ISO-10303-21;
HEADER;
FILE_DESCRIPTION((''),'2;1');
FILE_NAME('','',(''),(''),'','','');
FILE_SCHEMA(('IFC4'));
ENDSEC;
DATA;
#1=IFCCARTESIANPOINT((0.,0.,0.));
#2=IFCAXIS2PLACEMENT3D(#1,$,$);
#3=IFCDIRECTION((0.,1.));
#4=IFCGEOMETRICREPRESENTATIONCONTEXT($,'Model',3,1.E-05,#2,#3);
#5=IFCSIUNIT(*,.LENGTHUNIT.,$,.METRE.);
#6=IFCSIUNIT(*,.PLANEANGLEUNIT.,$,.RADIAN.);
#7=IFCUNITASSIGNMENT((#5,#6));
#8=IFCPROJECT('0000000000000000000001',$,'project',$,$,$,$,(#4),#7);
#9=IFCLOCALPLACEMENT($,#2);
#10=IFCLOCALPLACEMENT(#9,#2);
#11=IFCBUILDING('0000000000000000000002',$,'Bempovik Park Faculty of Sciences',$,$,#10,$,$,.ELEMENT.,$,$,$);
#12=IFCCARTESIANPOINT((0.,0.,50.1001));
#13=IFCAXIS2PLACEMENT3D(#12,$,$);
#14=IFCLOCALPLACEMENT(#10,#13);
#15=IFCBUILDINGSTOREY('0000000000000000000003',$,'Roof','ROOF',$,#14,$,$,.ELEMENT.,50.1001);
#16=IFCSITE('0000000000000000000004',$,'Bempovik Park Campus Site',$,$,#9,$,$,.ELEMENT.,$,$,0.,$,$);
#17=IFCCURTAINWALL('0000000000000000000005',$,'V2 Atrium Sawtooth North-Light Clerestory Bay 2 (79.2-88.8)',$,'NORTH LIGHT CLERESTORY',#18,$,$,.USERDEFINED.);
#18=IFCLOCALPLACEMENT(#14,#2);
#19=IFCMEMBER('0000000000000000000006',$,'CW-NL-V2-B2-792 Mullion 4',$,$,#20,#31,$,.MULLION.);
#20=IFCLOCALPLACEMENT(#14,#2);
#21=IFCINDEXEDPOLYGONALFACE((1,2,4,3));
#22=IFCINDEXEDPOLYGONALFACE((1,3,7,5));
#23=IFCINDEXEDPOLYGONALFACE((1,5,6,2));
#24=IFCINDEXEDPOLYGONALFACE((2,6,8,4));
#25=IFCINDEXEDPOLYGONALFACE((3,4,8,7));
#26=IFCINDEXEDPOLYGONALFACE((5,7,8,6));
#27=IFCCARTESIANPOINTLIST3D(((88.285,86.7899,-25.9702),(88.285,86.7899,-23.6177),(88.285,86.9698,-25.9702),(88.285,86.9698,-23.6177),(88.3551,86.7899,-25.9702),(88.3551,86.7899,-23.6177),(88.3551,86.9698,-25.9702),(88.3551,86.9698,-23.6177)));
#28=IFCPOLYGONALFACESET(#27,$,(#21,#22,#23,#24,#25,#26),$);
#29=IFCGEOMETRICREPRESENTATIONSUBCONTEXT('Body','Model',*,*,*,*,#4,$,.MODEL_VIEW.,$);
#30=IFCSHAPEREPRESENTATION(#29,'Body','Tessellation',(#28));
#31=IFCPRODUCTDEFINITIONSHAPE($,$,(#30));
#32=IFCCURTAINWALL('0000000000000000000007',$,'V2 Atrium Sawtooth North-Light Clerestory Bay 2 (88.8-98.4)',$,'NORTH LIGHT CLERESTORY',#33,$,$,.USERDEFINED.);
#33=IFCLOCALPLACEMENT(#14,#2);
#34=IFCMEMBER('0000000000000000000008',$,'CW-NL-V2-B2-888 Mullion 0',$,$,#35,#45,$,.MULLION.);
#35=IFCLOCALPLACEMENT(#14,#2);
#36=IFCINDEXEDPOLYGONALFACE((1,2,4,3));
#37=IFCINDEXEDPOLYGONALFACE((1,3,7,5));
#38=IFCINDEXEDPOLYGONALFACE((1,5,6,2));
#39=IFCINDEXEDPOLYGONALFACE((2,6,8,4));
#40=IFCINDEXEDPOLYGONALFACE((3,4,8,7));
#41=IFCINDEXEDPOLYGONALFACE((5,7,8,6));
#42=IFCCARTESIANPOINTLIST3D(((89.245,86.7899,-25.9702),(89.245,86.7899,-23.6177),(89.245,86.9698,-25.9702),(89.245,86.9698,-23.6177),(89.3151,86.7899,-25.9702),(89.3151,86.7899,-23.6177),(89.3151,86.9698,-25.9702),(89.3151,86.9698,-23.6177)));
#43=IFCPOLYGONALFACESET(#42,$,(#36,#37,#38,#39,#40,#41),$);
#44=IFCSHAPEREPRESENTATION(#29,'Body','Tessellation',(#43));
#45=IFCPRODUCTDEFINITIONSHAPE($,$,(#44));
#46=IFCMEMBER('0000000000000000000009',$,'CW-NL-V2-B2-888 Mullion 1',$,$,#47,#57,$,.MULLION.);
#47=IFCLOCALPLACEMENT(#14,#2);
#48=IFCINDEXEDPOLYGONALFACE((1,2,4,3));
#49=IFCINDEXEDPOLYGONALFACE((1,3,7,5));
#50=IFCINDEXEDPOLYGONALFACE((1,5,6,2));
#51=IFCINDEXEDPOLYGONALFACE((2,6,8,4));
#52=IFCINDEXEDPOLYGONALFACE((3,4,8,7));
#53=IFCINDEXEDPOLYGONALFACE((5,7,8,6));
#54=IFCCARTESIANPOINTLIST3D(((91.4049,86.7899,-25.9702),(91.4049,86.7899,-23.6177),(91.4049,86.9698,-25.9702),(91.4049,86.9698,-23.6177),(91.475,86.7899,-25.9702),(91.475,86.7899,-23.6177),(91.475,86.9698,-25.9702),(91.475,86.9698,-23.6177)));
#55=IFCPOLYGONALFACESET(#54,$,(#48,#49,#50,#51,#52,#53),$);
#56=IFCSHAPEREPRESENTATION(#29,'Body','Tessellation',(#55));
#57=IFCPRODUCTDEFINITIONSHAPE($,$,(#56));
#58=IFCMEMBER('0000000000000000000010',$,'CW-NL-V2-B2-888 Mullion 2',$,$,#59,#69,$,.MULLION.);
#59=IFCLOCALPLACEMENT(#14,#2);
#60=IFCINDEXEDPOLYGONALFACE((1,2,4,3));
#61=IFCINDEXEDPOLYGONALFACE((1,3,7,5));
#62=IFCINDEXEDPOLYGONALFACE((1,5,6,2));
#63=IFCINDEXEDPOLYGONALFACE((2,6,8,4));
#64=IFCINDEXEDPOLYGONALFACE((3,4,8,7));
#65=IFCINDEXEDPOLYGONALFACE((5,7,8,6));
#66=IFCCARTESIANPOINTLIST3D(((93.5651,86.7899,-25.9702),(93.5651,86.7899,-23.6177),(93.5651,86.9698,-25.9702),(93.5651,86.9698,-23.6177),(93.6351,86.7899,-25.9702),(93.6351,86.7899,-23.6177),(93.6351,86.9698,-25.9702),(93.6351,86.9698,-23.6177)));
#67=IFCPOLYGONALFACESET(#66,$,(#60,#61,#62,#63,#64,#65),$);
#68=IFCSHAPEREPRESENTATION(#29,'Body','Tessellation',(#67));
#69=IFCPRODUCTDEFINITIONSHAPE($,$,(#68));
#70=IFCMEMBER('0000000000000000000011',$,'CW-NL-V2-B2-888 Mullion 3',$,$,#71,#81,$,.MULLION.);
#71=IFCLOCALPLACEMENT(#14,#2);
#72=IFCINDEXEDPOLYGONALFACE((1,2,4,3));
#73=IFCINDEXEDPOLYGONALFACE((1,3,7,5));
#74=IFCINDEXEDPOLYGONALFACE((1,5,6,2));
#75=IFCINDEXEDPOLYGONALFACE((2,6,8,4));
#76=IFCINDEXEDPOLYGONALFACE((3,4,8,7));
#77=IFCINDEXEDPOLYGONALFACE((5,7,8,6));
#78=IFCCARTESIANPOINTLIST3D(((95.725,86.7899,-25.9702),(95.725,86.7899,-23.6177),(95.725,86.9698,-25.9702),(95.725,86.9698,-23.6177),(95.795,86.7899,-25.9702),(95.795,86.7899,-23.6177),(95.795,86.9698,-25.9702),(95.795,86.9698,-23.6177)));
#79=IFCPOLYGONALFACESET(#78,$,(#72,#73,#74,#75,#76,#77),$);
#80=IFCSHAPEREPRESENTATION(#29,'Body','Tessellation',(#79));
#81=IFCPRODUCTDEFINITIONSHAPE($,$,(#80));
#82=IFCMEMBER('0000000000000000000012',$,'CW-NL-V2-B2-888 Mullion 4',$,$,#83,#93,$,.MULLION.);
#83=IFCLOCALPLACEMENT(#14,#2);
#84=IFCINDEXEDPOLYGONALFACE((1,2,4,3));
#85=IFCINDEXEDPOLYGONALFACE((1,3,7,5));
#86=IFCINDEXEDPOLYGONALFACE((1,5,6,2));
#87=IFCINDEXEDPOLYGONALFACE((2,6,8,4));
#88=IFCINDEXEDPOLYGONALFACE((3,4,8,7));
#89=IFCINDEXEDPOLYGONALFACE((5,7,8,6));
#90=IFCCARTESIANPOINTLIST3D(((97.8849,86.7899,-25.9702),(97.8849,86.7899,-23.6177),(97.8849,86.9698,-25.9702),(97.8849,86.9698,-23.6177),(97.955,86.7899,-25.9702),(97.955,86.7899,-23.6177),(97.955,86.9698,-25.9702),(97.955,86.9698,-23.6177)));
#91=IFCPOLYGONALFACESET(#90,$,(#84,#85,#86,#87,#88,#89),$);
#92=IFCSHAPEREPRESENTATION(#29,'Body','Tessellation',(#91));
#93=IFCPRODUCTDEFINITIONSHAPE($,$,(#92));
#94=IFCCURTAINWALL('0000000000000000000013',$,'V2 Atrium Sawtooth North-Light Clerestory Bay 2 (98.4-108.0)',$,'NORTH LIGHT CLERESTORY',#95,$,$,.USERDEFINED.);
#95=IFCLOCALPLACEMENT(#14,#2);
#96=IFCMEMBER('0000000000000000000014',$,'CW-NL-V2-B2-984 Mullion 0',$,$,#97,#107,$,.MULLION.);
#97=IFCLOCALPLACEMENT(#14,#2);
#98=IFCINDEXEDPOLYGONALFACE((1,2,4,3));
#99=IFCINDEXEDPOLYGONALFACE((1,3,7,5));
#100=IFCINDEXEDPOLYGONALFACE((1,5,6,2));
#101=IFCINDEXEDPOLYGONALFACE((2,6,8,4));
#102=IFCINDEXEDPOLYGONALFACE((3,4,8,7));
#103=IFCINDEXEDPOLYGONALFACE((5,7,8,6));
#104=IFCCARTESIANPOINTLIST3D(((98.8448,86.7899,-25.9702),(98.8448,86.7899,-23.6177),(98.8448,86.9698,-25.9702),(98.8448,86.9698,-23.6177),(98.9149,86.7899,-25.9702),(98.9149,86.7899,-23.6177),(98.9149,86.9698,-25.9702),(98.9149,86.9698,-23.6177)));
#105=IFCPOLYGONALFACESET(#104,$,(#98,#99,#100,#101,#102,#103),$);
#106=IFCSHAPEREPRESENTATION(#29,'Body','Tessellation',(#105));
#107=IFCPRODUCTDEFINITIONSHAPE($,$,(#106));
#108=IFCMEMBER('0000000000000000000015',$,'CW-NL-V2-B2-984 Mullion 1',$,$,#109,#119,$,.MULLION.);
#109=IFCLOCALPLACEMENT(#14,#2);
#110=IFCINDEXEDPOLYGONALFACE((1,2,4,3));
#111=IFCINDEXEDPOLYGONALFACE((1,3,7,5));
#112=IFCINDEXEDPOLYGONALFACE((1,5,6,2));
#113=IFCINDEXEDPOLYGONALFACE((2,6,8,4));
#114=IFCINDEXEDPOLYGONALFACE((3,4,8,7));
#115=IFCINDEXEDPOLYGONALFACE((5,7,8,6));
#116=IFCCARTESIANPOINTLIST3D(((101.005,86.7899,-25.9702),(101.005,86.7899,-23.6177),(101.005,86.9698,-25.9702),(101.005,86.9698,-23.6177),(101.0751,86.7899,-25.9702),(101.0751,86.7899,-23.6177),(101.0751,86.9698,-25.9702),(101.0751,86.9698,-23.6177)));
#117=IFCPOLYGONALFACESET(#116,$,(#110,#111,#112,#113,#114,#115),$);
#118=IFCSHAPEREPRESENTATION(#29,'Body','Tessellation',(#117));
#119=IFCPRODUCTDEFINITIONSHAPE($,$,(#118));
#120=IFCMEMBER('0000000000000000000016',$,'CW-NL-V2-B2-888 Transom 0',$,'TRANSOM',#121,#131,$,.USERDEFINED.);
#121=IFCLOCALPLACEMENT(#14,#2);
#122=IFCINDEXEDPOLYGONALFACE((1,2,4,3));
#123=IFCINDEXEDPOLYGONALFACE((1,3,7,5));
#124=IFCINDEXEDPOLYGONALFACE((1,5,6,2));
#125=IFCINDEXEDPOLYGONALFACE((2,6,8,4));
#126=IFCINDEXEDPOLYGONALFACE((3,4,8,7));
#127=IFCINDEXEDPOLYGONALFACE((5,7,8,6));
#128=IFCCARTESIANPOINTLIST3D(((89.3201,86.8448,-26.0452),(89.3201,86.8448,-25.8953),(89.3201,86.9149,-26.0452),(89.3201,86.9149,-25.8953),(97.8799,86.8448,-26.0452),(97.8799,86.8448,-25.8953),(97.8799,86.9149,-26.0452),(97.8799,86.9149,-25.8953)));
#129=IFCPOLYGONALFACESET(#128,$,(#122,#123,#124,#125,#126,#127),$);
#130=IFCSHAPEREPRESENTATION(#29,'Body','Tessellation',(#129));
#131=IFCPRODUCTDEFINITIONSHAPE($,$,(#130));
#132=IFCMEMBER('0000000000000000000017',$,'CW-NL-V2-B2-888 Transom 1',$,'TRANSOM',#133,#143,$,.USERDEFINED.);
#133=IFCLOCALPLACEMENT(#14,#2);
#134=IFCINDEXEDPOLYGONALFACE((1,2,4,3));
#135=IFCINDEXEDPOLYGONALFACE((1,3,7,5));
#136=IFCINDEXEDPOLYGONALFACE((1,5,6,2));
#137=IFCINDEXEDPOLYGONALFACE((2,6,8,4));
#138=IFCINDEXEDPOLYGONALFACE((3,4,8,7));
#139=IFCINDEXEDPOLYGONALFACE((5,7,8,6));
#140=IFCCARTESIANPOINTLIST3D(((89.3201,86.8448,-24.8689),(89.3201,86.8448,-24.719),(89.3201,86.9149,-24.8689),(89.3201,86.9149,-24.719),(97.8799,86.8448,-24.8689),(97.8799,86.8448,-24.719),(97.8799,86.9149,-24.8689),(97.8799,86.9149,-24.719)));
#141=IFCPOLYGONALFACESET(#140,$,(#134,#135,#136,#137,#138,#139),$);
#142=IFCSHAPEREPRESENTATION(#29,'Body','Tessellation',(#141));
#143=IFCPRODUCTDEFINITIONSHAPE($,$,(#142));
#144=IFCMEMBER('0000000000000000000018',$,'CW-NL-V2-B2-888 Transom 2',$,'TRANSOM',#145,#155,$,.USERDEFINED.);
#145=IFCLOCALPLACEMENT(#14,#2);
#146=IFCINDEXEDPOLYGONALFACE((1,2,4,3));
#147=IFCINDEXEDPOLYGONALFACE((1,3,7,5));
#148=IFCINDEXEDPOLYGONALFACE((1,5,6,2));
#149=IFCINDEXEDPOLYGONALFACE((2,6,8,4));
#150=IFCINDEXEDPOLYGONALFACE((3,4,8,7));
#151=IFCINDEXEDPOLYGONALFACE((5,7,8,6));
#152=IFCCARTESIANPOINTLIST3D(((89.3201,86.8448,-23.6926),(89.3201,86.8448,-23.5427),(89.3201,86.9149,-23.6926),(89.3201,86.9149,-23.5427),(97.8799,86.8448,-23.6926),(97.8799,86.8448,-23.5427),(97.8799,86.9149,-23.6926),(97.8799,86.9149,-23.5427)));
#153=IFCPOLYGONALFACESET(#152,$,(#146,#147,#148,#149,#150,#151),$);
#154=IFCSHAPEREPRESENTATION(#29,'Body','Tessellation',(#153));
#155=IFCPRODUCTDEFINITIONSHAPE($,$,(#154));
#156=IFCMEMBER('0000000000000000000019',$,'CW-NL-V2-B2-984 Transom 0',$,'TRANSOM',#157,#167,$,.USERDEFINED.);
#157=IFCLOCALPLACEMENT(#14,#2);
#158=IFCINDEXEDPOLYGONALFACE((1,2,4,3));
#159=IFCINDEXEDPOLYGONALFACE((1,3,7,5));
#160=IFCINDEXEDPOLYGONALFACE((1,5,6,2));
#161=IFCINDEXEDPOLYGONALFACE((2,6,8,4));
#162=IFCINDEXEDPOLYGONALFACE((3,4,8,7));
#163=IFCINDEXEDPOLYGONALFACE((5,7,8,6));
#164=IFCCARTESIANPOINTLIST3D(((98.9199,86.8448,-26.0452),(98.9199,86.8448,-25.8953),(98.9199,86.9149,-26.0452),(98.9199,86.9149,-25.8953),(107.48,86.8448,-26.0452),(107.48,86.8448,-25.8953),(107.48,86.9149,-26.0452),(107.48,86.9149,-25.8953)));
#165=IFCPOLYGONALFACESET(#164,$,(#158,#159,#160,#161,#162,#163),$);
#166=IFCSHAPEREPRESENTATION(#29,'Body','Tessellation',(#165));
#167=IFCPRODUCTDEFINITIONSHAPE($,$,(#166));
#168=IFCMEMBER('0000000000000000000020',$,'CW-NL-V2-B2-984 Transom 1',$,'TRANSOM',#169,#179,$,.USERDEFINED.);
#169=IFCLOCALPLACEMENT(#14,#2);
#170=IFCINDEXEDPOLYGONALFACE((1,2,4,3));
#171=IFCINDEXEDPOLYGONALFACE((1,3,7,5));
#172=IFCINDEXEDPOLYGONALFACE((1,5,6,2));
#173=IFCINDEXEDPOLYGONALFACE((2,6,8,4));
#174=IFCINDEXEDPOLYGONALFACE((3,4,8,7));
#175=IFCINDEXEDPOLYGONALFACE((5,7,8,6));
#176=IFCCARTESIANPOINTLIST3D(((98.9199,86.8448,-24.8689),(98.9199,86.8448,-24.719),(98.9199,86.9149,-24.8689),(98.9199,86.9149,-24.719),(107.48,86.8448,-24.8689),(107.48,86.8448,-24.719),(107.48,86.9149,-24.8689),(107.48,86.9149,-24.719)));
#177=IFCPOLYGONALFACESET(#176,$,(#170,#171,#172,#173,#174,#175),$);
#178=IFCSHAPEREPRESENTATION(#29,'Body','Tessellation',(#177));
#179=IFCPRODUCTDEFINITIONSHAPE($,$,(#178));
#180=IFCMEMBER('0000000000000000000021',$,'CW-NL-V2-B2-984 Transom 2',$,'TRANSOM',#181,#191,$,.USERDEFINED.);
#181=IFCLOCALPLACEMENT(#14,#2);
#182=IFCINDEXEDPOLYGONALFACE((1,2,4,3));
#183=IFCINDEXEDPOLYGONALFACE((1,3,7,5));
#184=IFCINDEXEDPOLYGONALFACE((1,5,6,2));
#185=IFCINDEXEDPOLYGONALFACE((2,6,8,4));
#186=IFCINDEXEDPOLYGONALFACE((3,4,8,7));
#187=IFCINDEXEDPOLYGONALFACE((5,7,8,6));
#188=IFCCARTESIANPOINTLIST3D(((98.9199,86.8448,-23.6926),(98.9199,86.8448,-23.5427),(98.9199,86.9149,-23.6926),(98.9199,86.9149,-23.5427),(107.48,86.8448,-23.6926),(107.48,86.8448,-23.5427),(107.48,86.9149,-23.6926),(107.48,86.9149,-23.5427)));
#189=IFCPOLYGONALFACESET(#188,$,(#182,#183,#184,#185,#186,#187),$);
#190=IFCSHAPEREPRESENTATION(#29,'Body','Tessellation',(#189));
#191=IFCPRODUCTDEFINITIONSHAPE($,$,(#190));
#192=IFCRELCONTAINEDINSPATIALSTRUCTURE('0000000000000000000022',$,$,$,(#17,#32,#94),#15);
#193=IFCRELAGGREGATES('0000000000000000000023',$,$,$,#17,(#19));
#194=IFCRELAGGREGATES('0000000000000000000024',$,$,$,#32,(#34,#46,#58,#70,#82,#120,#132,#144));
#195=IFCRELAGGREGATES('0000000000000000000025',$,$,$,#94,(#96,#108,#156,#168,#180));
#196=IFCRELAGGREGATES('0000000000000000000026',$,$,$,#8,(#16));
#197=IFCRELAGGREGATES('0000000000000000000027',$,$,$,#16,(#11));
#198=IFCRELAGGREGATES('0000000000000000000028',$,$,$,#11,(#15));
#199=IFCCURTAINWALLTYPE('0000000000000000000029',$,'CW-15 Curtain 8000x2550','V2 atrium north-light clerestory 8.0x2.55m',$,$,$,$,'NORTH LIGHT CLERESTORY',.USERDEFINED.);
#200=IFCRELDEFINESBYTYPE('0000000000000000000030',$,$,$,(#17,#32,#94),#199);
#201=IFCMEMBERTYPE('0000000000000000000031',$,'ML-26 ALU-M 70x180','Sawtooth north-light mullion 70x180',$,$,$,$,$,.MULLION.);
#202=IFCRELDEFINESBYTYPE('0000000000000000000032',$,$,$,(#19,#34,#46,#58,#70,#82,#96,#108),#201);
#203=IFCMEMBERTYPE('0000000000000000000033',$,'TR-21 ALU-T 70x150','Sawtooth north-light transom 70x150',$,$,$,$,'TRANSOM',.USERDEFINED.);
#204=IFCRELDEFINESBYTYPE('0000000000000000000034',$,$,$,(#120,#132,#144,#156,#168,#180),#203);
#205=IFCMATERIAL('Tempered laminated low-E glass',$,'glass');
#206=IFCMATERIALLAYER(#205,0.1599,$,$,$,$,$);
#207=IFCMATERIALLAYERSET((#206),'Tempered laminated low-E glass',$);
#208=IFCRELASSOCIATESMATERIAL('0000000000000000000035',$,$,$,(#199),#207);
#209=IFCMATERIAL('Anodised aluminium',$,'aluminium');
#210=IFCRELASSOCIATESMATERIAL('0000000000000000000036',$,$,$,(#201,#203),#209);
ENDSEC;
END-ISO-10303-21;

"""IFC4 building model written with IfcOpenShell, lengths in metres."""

from ifc_helpers import new_model, si_unit, direction, frame, origin, origin_2d, place, context, subcontext, project, spatial, rectangle, extrude, material, layer, layer_set, material_profile, profile_set, type_object, element, aggregate, save


model = new_model("IFC4")

# Units and contexts
model_context = context("Model", 3, precision=1e-05, world=origin(), true_north=direction((0.0, 1.0)))
body_context = subcontext(model_context, "Body", "Model", "MODEL_VIEW")
ifc_project = project(units=[si_unit("LENGTHUNIT", "METRE"), si_unit("PLANEANGLEUNIT", "RADIAN")], contexts=[model_context])

# Site, building, storey
site_placement = place(None, origin())
site = spatial("IfcSite", under=ifc_project, at=site_placement, Name="Bempovik Park Campus Site", CompositionType="ELEMENT", RefElevation=0.0)
building_placement = place(site_placement, origin())
building = spatial("IfcBuilding", under=site, at=building_placement, Name="Bempovik Park Faculty of Sciences", CompositionType="ELEMENT")
storey_placement = place(building_placement, frame((0.0, 0.0, 50.1001)))
storey = spatial("IfcBuildingStorey", under=building, at=storey_placement, Name="Roof", Description="ROOF", CompositionType="ELEMENT", Elevation=50.1001)

# Curtain wall, member
ifc_material_1 = material(Name="Tempered laminated low-E glass", Category="glass")
ifc_layer_1 = layer(ifc_material_1, 0.1599)
ifc_layer_set_1 = layer_set([ifc_layer_1], Name="Tempered laminated low-E glass")
curtain_wall_type = type_object("IfcCurtainWallType", Name="CW-15 Curtain 8000x2550", Description="V2 atrium north-light clerestory 8.0x2.55m", ElementType="NORTH LIGHT CLERESTORY", PredefinedType="USERDEFINED", material=ifc_layer_set_1)
curtain_wall_1_placement = place(storey_placement, origin())
curtain_wall_1 = element("IfcCurtainWall", 1, at=curtain_wall_1_placement, inside=storey, type_object=curtain_wall_type, Name="V2 Atrium Sawtooth North-Light Clerestory Bay 2 (79.2-88.8)", ObjectType="NORTH LIGHT CLERESTORY", PredefinedType="USERDEFINED")
ifc_material_2 = material(Name="Anodised aluminium", Category="aluminium")
ifc_material_profile_1 = material_profile(ifc_material_2, rectangle(XDim=0.0701, YDim=0.1799, at=origin_2d()), Name="ALU-M 70x180")
ifc_profile_set_1 = profile_set([ifc_material_profile_1], Name="Anodised aluminium")
member_type_1 = type_object("IfcMemberType", Name="ML-26 ALU-M 70x180", Description="Sawtooth north-light mullion 70x180", PredefinedType="MULLION", material=ifc_profile_set_1)
member_1_placement = place(storey_placement, frame((88.3201, 86.8799, -25.9702), z_axis=(0.0, 0.0, 1.0), x_axis=(1.0, 0.0, 0.0)))
member_1 = element("IfcMember", 2, at=member_1_placement, type_object=member_type_1, Name="CW-NL-V2-B2-792 Mullion 4", PredefinedType="MULLION", context=body_context, shape_type="SweptSolid", body=[
    extrude(rectangle(XDim=0.0701, YDim=0.1799, at=origin_2d()), origin(), (0.0, 0.0, 1.0), 2.3525),
])
aggregate(curtain_wall_1, [member_1])

# Curtain walls, members
curtain_wall_2_placement = place(storey_placement, origin())
curtain_wall_2 = element("IfcCurtainWall", 3, at=curtain_wall_2_placement, inside=storey, type_object=curtain_wall_type, Name="V2 Atrium Sawtooth North-Light Clerestory Bay 2 (88.8-98.4)", ObjectType="NORTH LIGHT CLERESTORY", PredefinedType="USERDEFINED")
member_2_placement = place(storey_placement, frame((89.28, 86.8799, -25.9702), z_axis=(0.0, 0.0, 1.0), x_axis=(1.0, 0.0, 0.0)))
member_2 = element("IfcMember", 4, at=member_2_placement, type_object=member_type_1, Name="CW-NL-V2-B2-888 Mullion 0", PredefinedType="MULLION", context=body_context, shape_type="SweptSolid", body=[
    extrude(rectangle(XDim=0.0701, YDim=0.1799, at=origin_2d()), origin(), (0.0, 0.0, 1.0), 2.3525),
])
member_3_placement = place(storey_placement, frame((91.4399, 86.8799, -25.9702), z_axis=(0.0, 0.0, 1.0), x_axis=(1.0, 0.0, 0.0)))
member_3 = element("IfcMember", 5, at=member_3_placement, type_object=member_type_1, Name="CW-NL-V2-B2-888 Mullion 1", PredefinedType="MULLION", context=body_context, shape_type="SweptSolid", body=[
    extrude(rectangle(XDim=0.0701, YDim=0.1799, at=origin_2d()), origin(), (0.0, 0.0, 1.0), 2.3525),
])
member_4_placement = place(storey_placement, frame((93.6001, 86.8799, -25.9702), z_axis=(0.0, 0.0, 1.0), x_axis=(1.0, 0.0, 0.0)))
member_4 = element("IfcMember", 6, at=member_4_placement, type_object=member_type_1, Name="CW-NL-V2-B2-888 Mullion 2", PredefinedType="MULLION", context=body_context, shape_type="SweptSolid", body=[
    extrude(rectangle(XDim=0.0701, YDim=0.1799, at=origin_2d()), origin(), (0.0, 0.0, 1.0), 2.3525),
])
member_5_placement = place(storey_placement, frame((95.76, 86.8799, -25.9702), z_axis=(0.0, 0.0, 1.0), x_axis=(1.0, 0.0, 0.0)))
member_5 = element("IfcMember", 7, at=member_5_placement, type_object=member_type_1, Name="CW-NL-V2-B2-888 Mullion 3", PredefinedType="MULLION", context=body_context, shape_type="SweptSolid", body=[
    extrude(rectangle(XDim=0.0701, YDim=0.1799, at=origin_2d()), origin(), (0.0, 0.0, 1.0), 2.3525),
])
member_6_placement = place(storey_placement, frame((97.9199, 86.8799, -25.9702), z_axis=(0.0, 0.0, 1.0), x_axis=(1.0, 0.0, 0.0)))
member_6 = element("IfcMember", 8, at=member_6_placement, type_object=member_type_1, Name="CW-NL-V2-B2-888 Mullion 4", PredefinedType="MULLION", context=body_context, shape_type="SweptSolid", body=[
    extrude(rectangle(XDim=0.0701, YDim=0.1799, at=origin_2d()), origin(), (0.0, 0.0, 1.0), 2.3525),
])
curtain_wall_3_placement = place(storey_placement, origin())
curtain_wall_3 = element("IfcCurtainWall", 9, at=curtain_wall_3_placement, inside=storey, type_object=curtain_wall_type, Name="V2 Atrium Sawtooth North-Light Clerestory Bay 2 (98.4-108.0)", ObjectType="NORTH LIGHT CLERESTORY", PredefinedType="USERDEFINED")
member_7_placement = place(storey_placement, frame((98.8799, 86.8799, -25.9702), z_axis=(0.0, 0.0, 1.0), x_axis=(1.0, 0.0, 0.0)))
member_7 = element("IfcMember", 10, at=member_7_placement, type_object=member_type_1, Name="CW-NL-V2-B2-984 Mullion 0", PredefinedType="MULLION", context=body_context, shape_type="SweptSolid", body=[
    extrude(rectangle(XDim=0.0701, YDim=0.1799, at=origin_2d()), origin(), (0.0, 0.0, 1.0), 2.3525),
])
member_8_placement = place(storey_placement, frame((101.04, 86.8799, -25.9702), z_axis=(0.0, 0.0, 1.0), x_axis=(1.0, 0.0, 0.0)))
member_8 = element("IfcMember", 11, at=member_8_placement, type_object=member_type_1, Name="CW-NL-V2-B2-984 Mullion 1", PredefinedType="MULLION", context=body_context, shape_type="SweptSolid", body=[
    extrude(rectangle(XDim=0.0701, YDim=0.1799, at=origin_2d()), origin(), (0.0, 0.0, 1.0), 2.3525),
])

# Members
ifc_material_profile_2 = material_profile(ifc_material_2, rectangle(XDim=0.0701, YDim=0.1499, at=origin_2d()), Name="ALU-T 70x150")
ifc_profile_set_2 = profile_set([ifc_material_profile_2], Name="Anodised aluminium")
member_type_2 = type_object("IfcMemberType", Name="TR-21 ALU-T 70x150", Description="Sawtooth north-light transom 70x150", ElementType="TRANSOM", PredefinedType="USERDEFINED", material=ifc_profile_set_2)
member_9_placement = place(storey_placement, frame((89.3201, 86.8799, -25.9702), z_axis=(1.0, 0.0, 0.0), x_axis=(0.0, 1.0, 0.0)))
member_9 = element("IfcMember", 12, at=member_9_placement, type_object=member_type_2, Name="CW-NL-V2-B2-888 Transom 0", ObjectType="TRANSOM", PredefinedType="USERDEFINED", context=body_context, shape_type="SweptSolid", body=[
    extrude(rectangle(XDim=0.0701, YDim=0.1499, at=origin_2d()), origin(), (0.0, 0.0, 1.0), 8.5598),
])
member_10_placement = place(storey_placement, frame((89.3201, 86.8799, -24.7939), z_axis=(1.0, 0.0, 0.0), x_axis=(0.0, 1.0, 0.0)))
member_10 = element("IfcMember", 13, at=member_10_placement, type_object=member_type_2, Name="CW-NL-V2-B2-888 Transom 1", ObjectType="TRANSOM", PredefinedType="USERDEFINED", context=body_context, shape_type="SweptSolid", body=[
    extrude(rectangle(XDim=0.0701, YDim=0.1499, at=origin_2d()), origin(), (0.0, 0.0, 1.0), 8.5598),
])
member_11_placement = place(storey_placement, frame((89.3201, 86.8799, -23.6177), z_axis=(1.0, 0.0, 0.0), x_axis=(0.0, 1.0, 0.0)))
member_11 = element("IfcMember", 14, at=member_11_placement, type_object=member_type_2, Name="CW-NL-V2-B2-888 Transom 2", ObjectType="TRANSOM", PredefinedType="USERDEFINED", context=body_context, shape_type="SweptSolid", body=[
    extrude(rectangle(XDim=0.0701, YDim=0.1499, at=origin_2d()), origin(), (0.0, 0.0, 1.0), 8.5598),
])
member_12_placement = place(storey_placement, frame((98.9199, 86.8799, -25.9702), z_axis=(1.0, 0.0, 0.0), x_axis=(0.0, 1.0, 0.0)))
member_12 = element("IfcMember", 15, at=member_12_placement, type_object=member_type_2, Name="CW-NL-V2-B2-984 Transom 0", ObjectType="TRANSOM", PredefinedType="USERDEFINED", context=body_context, shape_type="SweptSolid", body=[
    extrude(rectangle(XDim=0.0701, YDim=0.1499, at=origin_2d()), origin(), (0.0, 0.0, 1.0), 8.5601),
])
member_13_placement = place(storey_placement, frame((98.9199, 86.8799, -24.7939), z_axis=(1.0, 0.0, 0.0), x_axis=(0.0, 1.0, 0.0)))
member_13 = element("IfcMember", 16, at=member_13_placement, type_object=member_type_2, Name="CW-NL-V2-B2-984 Transom 1", ObjectType="TRANSOM", PredefinedType="USERDEFINED", context=body_context, shape_type="SweptSolid", body=[
    extrude(rectangle(XDim=0.0701, YDim=0.1499, at=origin_2d()), origin(), (0.0, 0.0, 1.0), 8.5601),
])
member_14_placement = place(storey_placement, frame((98.9199, 86.8799, -23.6177), z_axis=(1.0, 0.0, 0.0), x_axis=(0.0, 1.0, 0.0)))
member_14 = element("IfcMember", 17, at=member_14_placement, type_object=member_type_2, Name="CW-NL-V2-B2-984 Transom 2", ObjectType="TRANSOM", PredefinedType="USERDEFINED", context=body_context, shape_type="SweptSolid", body=[
    extrude(rectangle(XDim=0.0701, YDim=0.1499, at=origin_2d()), origin(), (0.0, 0.0, 1.0), 8.5601),
])

aggregate(curtain_wall_2, [member_2, member_3, member_4, member_5, member_6, member_9, member_10, member_11])
aggregate(curtain_wall_3, [member_7, member_8, member_12, member_13, member_14])

save(model, "model.ifc")
